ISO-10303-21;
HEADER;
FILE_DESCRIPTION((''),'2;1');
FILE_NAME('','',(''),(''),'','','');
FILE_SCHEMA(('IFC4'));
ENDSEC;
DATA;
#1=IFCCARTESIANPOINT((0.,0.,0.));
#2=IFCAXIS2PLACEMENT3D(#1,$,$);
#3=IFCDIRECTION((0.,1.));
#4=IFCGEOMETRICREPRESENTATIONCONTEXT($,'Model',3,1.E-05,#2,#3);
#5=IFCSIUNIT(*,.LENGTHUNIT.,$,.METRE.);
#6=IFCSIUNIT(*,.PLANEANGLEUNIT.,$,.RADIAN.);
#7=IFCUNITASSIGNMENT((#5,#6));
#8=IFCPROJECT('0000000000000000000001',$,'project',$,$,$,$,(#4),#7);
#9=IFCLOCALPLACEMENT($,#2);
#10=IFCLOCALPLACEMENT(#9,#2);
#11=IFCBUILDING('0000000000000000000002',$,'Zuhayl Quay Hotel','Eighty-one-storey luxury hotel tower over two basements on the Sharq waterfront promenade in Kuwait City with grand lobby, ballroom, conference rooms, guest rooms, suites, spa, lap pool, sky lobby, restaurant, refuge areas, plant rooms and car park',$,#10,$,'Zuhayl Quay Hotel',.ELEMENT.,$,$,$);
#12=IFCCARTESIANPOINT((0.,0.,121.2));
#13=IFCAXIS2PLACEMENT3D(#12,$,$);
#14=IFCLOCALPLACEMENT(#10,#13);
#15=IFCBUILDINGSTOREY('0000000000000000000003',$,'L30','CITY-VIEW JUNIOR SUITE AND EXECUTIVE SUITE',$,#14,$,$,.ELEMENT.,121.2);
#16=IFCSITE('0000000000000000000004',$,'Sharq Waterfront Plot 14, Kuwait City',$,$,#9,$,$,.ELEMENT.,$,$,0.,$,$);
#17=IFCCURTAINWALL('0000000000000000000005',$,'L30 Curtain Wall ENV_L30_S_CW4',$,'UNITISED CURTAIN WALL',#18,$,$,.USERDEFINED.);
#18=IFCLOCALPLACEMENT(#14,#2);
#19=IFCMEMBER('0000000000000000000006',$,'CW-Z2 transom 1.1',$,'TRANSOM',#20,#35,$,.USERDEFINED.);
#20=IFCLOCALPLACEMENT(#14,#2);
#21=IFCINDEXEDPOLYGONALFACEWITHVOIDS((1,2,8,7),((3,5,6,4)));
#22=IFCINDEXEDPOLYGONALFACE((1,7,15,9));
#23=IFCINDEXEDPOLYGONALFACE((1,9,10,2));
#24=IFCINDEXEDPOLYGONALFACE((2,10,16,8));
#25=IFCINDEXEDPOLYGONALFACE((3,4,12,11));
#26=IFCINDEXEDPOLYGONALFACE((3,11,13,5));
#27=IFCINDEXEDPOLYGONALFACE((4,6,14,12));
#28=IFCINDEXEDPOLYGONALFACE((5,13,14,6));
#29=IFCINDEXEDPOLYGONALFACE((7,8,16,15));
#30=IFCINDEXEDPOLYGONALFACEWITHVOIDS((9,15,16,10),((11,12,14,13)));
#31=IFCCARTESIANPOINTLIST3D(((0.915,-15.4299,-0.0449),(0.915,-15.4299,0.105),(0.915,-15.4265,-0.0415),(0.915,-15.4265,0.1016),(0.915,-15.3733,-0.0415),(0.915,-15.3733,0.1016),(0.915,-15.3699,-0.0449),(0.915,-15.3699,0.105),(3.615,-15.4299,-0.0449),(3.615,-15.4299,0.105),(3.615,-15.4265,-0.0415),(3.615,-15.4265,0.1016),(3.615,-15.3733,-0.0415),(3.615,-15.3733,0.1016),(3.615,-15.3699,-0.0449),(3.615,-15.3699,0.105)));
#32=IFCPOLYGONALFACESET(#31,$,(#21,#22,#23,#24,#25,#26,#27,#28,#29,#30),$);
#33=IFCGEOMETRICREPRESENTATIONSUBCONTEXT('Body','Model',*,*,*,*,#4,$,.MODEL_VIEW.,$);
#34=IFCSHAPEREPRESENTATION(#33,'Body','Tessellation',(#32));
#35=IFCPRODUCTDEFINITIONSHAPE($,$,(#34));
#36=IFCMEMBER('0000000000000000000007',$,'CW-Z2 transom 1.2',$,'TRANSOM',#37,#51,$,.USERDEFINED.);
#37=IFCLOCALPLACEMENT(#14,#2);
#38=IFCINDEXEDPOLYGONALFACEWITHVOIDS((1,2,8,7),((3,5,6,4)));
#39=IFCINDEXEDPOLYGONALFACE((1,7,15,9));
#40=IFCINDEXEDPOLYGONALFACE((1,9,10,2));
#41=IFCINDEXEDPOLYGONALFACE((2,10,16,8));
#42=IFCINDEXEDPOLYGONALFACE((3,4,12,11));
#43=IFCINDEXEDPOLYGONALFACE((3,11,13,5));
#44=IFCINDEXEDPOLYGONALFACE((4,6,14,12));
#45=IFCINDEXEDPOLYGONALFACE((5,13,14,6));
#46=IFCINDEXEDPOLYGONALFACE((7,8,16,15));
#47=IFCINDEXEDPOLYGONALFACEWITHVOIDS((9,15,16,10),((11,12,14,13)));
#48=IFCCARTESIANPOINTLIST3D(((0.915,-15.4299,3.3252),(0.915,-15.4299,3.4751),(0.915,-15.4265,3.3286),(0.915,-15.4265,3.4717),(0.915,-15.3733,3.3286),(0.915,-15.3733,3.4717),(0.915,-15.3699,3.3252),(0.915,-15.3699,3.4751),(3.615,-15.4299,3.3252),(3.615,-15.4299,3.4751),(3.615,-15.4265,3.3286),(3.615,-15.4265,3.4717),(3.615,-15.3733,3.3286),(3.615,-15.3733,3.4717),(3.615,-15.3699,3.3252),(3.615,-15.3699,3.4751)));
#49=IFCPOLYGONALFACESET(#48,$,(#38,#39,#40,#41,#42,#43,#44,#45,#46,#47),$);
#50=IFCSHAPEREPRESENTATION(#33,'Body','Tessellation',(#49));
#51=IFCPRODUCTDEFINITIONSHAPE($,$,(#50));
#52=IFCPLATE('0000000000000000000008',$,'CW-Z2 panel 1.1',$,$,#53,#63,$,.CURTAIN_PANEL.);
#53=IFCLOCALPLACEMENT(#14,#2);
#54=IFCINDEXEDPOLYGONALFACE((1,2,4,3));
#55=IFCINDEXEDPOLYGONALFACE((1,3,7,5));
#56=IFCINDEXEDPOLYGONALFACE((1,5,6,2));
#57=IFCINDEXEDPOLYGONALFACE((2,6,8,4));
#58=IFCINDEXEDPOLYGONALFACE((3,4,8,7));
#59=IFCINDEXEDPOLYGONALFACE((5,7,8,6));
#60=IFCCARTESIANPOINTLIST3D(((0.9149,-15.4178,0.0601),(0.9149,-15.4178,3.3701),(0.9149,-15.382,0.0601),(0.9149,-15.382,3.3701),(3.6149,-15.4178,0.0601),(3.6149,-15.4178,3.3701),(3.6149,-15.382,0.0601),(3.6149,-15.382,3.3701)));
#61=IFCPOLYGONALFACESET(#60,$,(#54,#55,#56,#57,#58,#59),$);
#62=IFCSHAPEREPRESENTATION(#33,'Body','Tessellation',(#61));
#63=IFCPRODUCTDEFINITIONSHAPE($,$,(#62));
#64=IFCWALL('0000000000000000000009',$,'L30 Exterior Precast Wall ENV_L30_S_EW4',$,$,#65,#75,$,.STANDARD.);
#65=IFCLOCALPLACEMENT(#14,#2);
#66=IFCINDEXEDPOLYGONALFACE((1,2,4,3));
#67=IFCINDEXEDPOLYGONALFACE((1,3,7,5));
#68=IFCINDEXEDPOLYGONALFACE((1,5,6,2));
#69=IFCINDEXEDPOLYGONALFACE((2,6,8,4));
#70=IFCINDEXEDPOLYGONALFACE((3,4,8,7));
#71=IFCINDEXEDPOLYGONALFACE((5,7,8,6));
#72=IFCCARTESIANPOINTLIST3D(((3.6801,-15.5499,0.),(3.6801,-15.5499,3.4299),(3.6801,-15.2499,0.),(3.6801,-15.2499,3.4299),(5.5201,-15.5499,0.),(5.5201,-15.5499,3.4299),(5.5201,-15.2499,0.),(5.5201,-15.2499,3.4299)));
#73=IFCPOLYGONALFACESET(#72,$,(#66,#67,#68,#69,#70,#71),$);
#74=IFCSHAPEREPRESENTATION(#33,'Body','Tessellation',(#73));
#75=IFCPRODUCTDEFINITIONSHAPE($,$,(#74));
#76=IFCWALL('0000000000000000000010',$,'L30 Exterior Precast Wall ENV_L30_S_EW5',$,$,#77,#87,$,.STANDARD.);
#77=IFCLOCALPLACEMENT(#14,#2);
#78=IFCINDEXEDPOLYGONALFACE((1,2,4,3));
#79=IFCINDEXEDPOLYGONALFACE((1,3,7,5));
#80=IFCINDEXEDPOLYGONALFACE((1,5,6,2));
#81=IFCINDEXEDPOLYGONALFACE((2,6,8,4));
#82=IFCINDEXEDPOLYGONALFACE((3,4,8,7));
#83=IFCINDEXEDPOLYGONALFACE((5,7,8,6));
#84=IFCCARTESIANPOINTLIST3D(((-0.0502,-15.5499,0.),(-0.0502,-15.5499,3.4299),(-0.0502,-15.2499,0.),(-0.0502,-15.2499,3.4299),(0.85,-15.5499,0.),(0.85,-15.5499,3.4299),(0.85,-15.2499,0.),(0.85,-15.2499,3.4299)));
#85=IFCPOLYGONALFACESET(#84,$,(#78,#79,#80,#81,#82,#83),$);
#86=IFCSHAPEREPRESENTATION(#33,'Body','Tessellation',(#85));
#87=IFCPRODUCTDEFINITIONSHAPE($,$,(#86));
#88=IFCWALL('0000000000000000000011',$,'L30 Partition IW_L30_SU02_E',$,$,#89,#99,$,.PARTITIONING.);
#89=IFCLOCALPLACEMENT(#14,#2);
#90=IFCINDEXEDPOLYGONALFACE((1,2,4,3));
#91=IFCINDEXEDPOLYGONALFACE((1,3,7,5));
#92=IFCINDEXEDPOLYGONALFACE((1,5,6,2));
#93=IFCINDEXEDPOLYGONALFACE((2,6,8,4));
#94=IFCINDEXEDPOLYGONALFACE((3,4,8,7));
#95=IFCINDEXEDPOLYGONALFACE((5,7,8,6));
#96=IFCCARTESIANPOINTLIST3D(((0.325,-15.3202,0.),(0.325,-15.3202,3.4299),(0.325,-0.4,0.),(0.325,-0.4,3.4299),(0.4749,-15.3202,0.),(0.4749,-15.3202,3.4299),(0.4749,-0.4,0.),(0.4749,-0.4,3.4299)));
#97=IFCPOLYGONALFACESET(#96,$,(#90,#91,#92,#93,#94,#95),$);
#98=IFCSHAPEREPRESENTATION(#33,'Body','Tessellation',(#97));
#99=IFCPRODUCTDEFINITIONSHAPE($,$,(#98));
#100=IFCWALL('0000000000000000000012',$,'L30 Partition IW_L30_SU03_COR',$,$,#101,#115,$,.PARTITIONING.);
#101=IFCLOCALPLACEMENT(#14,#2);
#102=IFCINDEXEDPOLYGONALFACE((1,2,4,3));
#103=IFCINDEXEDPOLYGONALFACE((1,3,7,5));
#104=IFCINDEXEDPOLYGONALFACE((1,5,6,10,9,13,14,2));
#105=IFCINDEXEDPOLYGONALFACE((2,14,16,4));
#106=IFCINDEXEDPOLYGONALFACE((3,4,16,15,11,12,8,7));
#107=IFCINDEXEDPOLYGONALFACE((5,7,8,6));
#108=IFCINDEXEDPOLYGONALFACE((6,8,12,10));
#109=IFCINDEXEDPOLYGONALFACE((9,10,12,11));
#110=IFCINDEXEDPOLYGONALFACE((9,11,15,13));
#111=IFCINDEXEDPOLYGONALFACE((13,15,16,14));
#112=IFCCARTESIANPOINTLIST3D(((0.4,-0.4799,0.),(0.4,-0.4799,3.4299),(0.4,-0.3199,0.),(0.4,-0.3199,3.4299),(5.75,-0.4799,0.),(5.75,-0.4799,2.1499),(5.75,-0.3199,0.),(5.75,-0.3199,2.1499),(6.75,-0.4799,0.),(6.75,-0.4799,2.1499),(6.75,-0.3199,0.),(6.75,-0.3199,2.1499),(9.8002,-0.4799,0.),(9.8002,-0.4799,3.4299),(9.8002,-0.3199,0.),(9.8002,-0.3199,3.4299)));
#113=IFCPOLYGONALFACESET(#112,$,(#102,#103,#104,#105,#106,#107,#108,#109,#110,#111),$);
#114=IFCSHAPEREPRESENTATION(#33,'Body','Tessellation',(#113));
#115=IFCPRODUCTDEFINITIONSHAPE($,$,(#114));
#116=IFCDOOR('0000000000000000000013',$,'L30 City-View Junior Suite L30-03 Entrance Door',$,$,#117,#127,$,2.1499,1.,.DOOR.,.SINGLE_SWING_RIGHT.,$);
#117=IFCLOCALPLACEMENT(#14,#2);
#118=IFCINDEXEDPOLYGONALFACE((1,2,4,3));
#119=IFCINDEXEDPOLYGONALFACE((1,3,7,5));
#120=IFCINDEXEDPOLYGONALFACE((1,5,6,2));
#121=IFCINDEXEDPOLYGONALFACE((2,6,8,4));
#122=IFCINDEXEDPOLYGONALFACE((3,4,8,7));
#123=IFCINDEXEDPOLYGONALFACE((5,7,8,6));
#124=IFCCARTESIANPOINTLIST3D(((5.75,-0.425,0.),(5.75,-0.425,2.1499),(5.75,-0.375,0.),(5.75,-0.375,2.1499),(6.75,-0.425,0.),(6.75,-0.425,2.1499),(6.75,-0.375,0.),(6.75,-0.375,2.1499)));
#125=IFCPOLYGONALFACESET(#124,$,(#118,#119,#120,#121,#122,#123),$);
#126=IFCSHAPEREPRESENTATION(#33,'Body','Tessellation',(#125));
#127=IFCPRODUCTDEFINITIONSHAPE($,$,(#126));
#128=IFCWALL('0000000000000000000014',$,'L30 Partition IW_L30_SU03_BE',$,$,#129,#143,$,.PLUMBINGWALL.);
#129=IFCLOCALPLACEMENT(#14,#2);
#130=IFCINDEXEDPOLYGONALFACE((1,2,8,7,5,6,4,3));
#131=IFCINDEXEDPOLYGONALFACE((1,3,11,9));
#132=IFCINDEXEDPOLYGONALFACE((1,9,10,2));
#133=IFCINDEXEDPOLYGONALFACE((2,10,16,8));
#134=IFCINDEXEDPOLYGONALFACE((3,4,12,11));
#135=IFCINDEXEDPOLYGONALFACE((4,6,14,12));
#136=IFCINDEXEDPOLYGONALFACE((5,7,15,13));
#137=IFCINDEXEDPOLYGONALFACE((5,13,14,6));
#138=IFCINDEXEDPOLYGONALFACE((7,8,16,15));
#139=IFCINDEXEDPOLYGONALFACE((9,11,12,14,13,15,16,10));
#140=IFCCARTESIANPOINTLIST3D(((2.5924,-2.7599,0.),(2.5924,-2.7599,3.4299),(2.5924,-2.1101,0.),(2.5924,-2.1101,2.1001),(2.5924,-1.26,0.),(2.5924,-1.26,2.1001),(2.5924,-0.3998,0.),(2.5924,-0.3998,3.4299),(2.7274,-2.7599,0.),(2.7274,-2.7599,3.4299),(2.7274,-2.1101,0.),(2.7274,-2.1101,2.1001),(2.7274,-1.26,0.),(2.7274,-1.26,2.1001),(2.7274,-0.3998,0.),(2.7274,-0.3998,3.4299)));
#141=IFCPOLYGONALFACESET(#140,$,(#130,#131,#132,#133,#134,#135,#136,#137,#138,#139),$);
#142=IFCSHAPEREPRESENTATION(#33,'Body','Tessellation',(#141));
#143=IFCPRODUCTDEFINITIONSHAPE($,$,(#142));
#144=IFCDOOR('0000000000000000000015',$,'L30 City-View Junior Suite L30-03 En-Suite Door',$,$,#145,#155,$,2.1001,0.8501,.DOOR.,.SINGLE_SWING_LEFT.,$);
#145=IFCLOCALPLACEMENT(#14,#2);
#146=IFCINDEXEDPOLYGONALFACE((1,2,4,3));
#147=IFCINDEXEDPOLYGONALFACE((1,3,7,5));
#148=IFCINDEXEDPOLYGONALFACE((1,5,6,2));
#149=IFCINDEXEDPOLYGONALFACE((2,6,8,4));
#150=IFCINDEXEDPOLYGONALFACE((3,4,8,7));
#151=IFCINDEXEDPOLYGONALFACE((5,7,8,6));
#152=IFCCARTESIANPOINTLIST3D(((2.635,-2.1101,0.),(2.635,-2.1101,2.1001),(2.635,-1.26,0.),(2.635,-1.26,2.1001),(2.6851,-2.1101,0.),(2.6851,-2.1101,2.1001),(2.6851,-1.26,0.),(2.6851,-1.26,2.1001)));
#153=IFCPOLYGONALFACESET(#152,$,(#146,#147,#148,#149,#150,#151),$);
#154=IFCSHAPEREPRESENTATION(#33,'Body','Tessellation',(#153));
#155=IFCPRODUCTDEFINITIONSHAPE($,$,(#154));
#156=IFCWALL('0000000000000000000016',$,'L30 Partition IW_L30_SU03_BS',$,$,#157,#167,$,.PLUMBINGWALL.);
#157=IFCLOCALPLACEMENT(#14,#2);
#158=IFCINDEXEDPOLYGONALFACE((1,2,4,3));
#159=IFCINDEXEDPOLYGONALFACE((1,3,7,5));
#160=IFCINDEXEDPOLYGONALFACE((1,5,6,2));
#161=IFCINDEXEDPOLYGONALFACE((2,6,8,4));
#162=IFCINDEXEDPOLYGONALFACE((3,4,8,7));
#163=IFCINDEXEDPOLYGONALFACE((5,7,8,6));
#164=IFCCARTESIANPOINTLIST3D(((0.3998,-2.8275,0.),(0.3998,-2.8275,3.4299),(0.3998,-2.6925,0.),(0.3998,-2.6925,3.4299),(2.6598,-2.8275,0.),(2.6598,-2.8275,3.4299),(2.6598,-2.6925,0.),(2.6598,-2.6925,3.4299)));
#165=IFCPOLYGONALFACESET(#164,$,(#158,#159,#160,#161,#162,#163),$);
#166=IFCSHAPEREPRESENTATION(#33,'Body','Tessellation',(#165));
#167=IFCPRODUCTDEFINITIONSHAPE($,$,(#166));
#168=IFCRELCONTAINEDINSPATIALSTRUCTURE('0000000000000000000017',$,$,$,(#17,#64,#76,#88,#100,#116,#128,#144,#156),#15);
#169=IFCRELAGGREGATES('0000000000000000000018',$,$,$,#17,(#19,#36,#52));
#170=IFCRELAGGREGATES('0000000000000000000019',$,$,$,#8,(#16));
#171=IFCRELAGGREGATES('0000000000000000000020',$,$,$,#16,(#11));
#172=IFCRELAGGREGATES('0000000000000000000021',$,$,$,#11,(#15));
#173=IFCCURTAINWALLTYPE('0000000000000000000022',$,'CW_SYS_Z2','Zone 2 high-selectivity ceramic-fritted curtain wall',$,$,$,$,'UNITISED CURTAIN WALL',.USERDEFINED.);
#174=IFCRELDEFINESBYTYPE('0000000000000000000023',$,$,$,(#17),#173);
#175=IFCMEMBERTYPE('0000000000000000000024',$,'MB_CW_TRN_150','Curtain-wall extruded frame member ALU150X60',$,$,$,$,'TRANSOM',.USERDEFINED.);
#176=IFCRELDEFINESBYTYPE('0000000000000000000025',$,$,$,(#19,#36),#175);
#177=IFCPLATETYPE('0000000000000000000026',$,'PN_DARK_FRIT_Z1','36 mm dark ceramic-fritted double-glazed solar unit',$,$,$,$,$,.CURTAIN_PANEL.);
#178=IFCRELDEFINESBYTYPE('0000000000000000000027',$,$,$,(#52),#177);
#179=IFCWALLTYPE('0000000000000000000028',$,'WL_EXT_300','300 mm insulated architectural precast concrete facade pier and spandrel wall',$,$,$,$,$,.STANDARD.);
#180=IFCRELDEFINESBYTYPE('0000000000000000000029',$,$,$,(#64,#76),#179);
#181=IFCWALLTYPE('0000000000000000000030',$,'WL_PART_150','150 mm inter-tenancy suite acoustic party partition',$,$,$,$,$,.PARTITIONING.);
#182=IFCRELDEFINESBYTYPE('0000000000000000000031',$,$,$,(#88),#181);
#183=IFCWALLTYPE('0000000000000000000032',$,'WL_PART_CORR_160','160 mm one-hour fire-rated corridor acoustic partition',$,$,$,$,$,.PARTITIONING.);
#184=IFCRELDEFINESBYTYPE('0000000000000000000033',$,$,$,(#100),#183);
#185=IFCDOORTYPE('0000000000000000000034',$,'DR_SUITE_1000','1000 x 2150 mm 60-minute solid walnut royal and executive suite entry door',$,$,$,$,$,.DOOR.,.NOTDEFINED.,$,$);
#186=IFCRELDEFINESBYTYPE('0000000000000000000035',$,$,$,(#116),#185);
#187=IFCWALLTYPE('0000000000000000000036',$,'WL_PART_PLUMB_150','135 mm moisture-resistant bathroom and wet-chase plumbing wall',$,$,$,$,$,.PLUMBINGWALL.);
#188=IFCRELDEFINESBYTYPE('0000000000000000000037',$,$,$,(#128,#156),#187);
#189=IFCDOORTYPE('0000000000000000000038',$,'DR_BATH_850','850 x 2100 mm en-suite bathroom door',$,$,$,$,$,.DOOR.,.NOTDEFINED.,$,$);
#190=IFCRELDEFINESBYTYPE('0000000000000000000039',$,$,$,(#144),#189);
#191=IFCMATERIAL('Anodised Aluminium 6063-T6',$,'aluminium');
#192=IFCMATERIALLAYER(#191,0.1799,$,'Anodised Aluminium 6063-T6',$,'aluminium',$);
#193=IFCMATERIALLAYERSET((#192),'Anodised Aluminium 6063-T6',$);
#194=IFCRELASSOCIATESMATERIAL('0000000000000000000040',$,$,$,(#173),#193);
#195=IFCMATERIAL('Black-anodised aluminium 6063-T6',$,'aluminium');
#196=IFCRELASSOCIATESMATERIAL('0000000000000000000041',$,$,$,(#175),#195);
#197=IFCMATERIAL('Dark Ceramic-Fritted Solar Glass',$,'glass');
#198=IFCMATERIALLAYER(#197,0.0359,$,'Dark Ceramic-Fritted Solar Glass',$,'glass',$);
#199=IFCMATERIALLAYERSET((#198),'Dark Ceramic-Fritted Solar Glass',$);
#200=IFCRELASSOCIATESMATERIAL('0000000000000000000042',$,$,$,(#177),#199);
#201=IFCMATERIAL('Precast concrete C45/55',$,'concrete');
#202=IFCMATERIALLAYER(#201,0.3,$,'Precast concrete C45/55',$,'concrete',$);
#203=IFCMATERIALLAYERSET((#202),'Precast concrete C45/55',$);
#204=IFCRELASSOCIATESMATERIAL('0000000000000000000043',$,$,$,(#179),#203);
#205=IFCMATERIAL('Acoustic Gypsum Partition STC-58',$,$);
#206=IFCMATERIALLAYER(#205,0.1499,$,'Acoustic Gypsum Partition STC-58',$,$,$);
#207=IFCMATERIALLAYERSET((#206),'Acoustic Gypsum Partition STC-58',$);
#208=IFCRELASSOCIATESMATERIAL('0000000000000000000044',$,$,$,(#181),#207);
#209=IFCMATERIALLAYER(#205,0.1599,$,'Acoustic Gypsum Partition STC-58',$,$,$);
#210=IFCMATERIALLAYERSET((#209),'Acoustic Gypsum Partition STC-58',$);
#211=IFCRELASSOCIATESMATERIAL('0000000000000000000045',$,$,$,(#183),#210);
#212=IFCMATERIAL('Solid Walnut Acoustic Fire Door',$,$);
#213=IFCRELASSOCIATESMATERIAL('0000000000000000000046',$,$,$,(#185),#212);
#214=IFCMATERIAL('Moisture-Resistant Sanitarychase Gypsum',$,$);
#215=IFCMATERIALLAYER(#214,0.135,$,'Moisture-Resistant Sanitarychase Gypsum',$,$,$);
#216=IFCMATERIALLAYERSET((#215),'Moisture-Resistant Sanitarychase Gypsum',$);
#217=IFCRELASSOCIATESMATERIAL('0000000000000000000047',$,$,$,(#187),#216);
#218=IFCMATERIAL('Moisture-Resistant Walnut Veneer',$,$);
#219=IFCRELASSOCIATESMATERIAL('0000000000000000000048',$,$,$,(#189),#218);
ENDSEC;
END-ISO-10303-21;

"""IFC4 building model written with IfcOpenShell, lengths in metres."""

from ifc_helpers import new_model, si_unit, direction, frame, frame_2d, origin, origin_2d, place, context, subcontext, project, spatial, rectangle, hollow_rectangle, extrude, material, layer, layer_set, material_profile, profile_set, type_object, element, fill, aggregate, save


model = new_model("IFC4")

# Units and contexts
model_context = context("Model", 3, precision=1e-05, world=origin(), true_north=direction((0.0, 1.0)))
body_context = subcontext(model_context, "Body", "Model", "MODEL_VIEW")
ifc_project = project(units=[si_unit("LENGTHUNIT", "METRE"), si_unit("PLANEANGLEUNIT", "RADIAN")], contexts=[model_context])

# Site, building, storey
site_placement = place(None, origin())
site = spatial("IfcSite", under=ifc_project, at=site_placement, Name="Sharq Waterfront Plot 14, Kuwait City", CompositionType="ELEMENT", RefElevation=0.0)
building_placement = place(site_placement, origin())
building = spatial("IfcBuilding", under=site, at=building_placement, Name="Zuhayl Quay Hotel", Description="Eighty-one-storey luxury hotel tower over two basements on the Sharq waterfront promenade in Kuwait City with grand lobby, ballroom, conference rooms, guest rooms, suites, spa, lap pool, sky lobby, restaurant, refuge areas, plant rooms and car park", LongName="Zuhayl Quay Hotel", CompositionType="ELEMENT")
storey_placement = place(building_placement, frame((0.0, 0.0, 121.2)))
storey = spatial("IfcBuildingStorey", under=building, at=storey_placement, Name="L30", Description="CITY-VIEW JUNIOR SUITE AND EXECUTIVE SUITE", CompositionType="ELEMENT", Elevation=121.2)

# Shared definitions
ifc_material_1 = material(Name="Anodised Aluminium 6063-T6", Category="aluminium")
ifc_layer_1 = layer(ifc_material_1, 0.1799, Name="Anodised Aluminium 6063-T6", Category="aluminium")
ifc_layer_set_1 = layer_set([ifc_layer_1], Name="Anodised Aluminium 6063-T6")
curtain_wall_type = type_object("IfcCurtainWallType", Name="CW_SYS_Z2", Description="Zone 2 high-selectivity ceramic-fritted curtain wall", ElementType="UNITISED CURTAIN WALL", PredefinedType="USERDEFINED", material=ifc_layer_set_1)
ifc_material_2 = material(Name="Black-anodised aluminium 6063-T6", Category="aluminium")

# Curtain wall, members, plate
curtain_wall_1_placement = place(storey_placement, origin())
curtain_wall_1 = element("IfcCurtainWall", 1, at=curtain_wall_1_placement, inside=storey, type_object=curtain_wall_type, Name="L30 Curtain Wall ENV_L30_S_CW4", ObjectType="UNITISED CURTAIN WALL", PredefinedType="USERDEFINED")
ifc_material_profile_1 = material_profile(ifc_material_2, hollow_rectangle(XDim=0.0601, YDim=0.1499, WallThickness=0.0034, at=origin_2d()), Name="ALU150X60")
ifc_profile_set_1 = profile_set([ifc_material_profile_1], Name="Black-anodised aluminium 6063-T6")
member_type_1 = type_object("IfcMemberType", Name="MB_CW_TRN_150", Description="Curtain-wall extruded frame member ALU150X60", ElementType="TRANSOM", PredefinedType="USERDEFINED", material=ifc_profile_set_1)
member_1_placement = place(storey_placement, frame((3.615, -15.3999, 0.03), z_axis=(-1.0, 0.0, 0.0), x_axis=(0.0, -1.0, 0.0)))
member_1 = element("IfcMember", 2, at=member_1_placement, type_object=member_type_1, Name="CW-Z2 transom 1.1", ObjectType="TRANSOM", PredefinedType="USERDEFINED", context=body_context, shape_type="SweptSolid", body=[
    extrude(hollow_rectangle(XDim=0.0601, YDim=0.1499, WallThickness=0.0034, at=origin_2d()), origin(), (0.0, 0.0, 1.0), 2.7),
])
member_2_placement = place(storey_placement, frame((3.615, -15.3999, 3.4001), z_axis=(-1.0, 0.0, 0.0), x_axis=(0.0, -1.0, 0.0)))
member_2 = element("IfcMember", 3, at=member_2_placement, type_object=member_type_1, Name="CW-Z2 transom 1.2", ObjectType="TRANSOM", PredefinedType="USERDEFINED", context=body_context, shape_type="SweptSolid", body=[
    extrude(hollow_rectangle(XDim=0.0601, YDim=0.1499, WallThickness=0.0034, at=origin_2d()), origin(), (0.0, 0.0, 1.0), 2.7),
])
ifc_material_3 = material(Name="Dark Ceramic-Fritted Solar Glass", Category="glass")
ifc_layer_2 = layer(ifc_material_3, 0.0359, Name="Dark Ceramic-Fritted Solar Glass", Category="glass")
ifc_layer_set_2 = layer_set([ifc_layer_2], Name="Dark Ceramic-Fritted Solar Glass")
plate_type = type_object("IfcPlateType", Name="PN_DARK_FRIT_Z1", Description="36 mm dark ceramic-fritted double-glazed solar unit", PredefinedType="CURTAIN_PANEL", material=ifc_layer_set_2)
plate_placement = place(storey_placement, frame((2.2649, -15.3999, 0.0601), z_axis=(0.0, 0.0, 1.0), x_axis=(-1.0, 0.0, 0.0)))
plate = element("IfcPlate", 4, at=plate_placement, type_object=plate_type, Name="CW-Z2 panel 1.1", PredefinedType="CURTAIN_PANEL", context=body_context, shape_type="SweptSolid", body=[
    extrude(rectangle(XDim=2.7, YDim=0.0359, at=origin_2d()), origin(), (0.0, 0.0, 1.0), 3.3101),
])
aggregate(curtain_wall_1, [member_1, member_2, plate])

# Walls
ifc_material_4 = material(Name="Precast concrete C45/55", Category="concrete")
ifc_layer_3 = layer(ifc_material_4, 0.3, Name="Precast concrete C45/55", Category="concrete")
ifc_layer_set_3 = layer_set([ifc_layer_3], Name="Precast concrete C45/55")
wall_type_1 = type_object("IfcWallType", Name="WL_EXT_300", Description="300 mm insulated architectural precast concrete facade pier and spandrel wall", PredefinedType="STANDARD", material=ifc_layer_set_3)
wall_1_placement = place(storey_placement, frame((5.52, -15.3999, 0.0), z_axis=(0.0, 0.0, 1.0), x_axis=(-1.0, 0.0, 0.0)))
element("IfcWall", 5, at=wall_1_placement, inside=storey, type_object=wall_type_1, Name="L30 Exterior Precast Wall ENV_L30_S_EW4", PredefinedType="STANDARD", context=body_context, shape_type="SweptSolid", body=[
    extrude(rectangle(XDim=1.8401, YDim=0.3, at=frame_2d((0.9199, 0.0))), origin(), (0.0, 0.0, 1.0), 3.4299),
])
wall_2_placement = place(storey_placement, frame((0.8501, -15.3999, 0.0), z_axis=(0.0, 0.0, 1.0), x_axis=(-1.0, 0.0, 0.0)))
element("IfcWall", 6, at=wall_2_placement, inside=storey, type_object=wall_type_1, Name="L30 Exterior Precast Wall ENV_L30_S_EW5", PredefinedType="STANDARD", context=body_context, shape_type="SweptSolid", body=[
    extrude(rectangle(XDim=0.9001, YDim=0.3, at=frame_2d((0.4502, 0.0))), origin(), (0.0, 0.0, 1.0), 3.4299),
])
ifc_material_5 = material(Name="Acoustic Gypsum Partition STC-58")
ifc_layer_4 = layer(ifc_material_5, 0.1499, Name="Acoustic Gypsum Partition STC-58")
ifc_layer_set_4 = layer_set([ifc_layer_4], Name="Acoustic Gypsum Partition STC-58")
wall_type_2 = type_object("IfcWallType", Name="WL_PART_150", Description="150 mm inter-tenancy suite acoustic party partition", PredefinedType="PARTITIONING", material=ifc_layer_set_4)
wall_3_placement = place(storey_placement, frame((0.3999, -15.3201, 0.0), z_axis=(0.0, 0.0, 1.0), x_axis=(0.0, 1.0, 0.0)))
element("IfcWall", 7, at=wall_3_placement, inside=storey, type_object=wall_type_2, Name="L30 Partition IW_L30_SU02_E", PredefinedType="PARTITIONING", context=body_context, shape_type="SweptSolid", body=[
    extrude(rectangle(XDim=14.9202, YDim=0.1499, at=frame_2d((7.46, 0.0))), origin(), (0.0, 0.0, 1.0), 3.4299),
])

# Walls, openings, doors
ifc_layer_5 = layer(ifc_material_5, 0.1599, Name="Acoustic Gypsum Partition STC-58")
ifc_layer_set_5 = layer_set([ifc_layer_5], Name="Acoustic Gypsum Partition STC-58")
wall_type_3 = type_object("IfcWallType", Name="WL_PART_CORR_160", Description="160 mm one-hour fire-rated corridor acoustic partition", PredefinedType="PARTITIONING", material=ifc_layer_set_5)
wall_4_placement = place(storey_placement, frame((0.3999, -0.3999, 0.0), z_axis=(0.0, 0.0, 1.0), x_axis=(1.0, 0.0, 0.0)))
wall_4 = element("IfcWall", 8, at=wall_4_placement, inside=storey, type_object=wall_type_3, Name="L30 Partition IW_L30_SU03_COR", PredefinedType="PARTITIONING", context=body_context, shape_type="SweptSolid", body=[
    extrude(rectangle(XDim=9.4001, YDim=0.1599, at=frame_2d((4.7002, 0.0))), origin(), (0.0, 0.0, 1.0), 3.4299),
])
opening_1_placement = place(wall_4_placement, frame((5.3501, 0.0, 0.0)))
opening_1 = element("IfcOpeningElement", 9, at=opening_1_placement, cuts=wall_4, PredefinedType="OPENING", context=body_context, shape_type="SweptSolid", body=[
    extrude(rectangle(XDim=1.0, YDim=2.1499, at=frame_2d((0.5, 1.075))), frame((0.0, 0.0898, 0.0), z_axis=(0.0, -1.0, 0.0), x_axis=(1.0, 0.0, 0.0)), (0.0, 0.0, 1.0), 0.1799),
])
ifc_material_6 = material(Name="Solid Walnut Acoustic Fire Door")
door_type_1 = type_object("IfcDoorType", Name="DR_SUITE_1000", Description="1000 x 2150 mm 60-minute solid walnut royal and executive suite entry door", OperationType="NOTDEFINED", PredefinedType="DOOR", material=ifc_material_6)
door_1_placement = place(opening_1_placement, origin())
door_1 = element("IfcDoor", 10, at=door_1_placement, inside=storey, type_object=door_type_1, Name="L30 City-View Junior Suite L30-03 Entrance Door", OperationType="SINGLE_SWING_RIGHT", OverallHeight=2.1499, OverallWidth=1.0, PredefinedType="DOOR", context=body_context, shape_type="SweptSolid", body=[
    extrude(rectangle(XDim=1.0, YDim=2.1499, at=frame_2d((0.5, 1.075))), frame((0.0, 0.0249, 0.0), z_axis=(0.0, -1.0, 0.0), x_axis=(1.0, 0.0, 0.0)), (0.0, 0.0, 1.0), 0.05),
])
fill(opening_1, door_1)
ifc_material_7 = material(Name="Moisture-Resistant Sanitarychase Gypsum")
ifc_layer_6 = layer(ifc_material_7, 0.135, Name="Moisture-Resistant Sanitarychase Gypsum")
ifc_layer_set_6 = layer_set([ifc_layer_6], Name="Moisture-Resistant Sanitarychase Gypsum")
wall_type_4 = type_object("IfcWallType", Name="WL_PART_PLUMB_150", Description="135 mm moisture-resistant bathroom and wet-chase plumbing wall", PredefinedType="PLUMBINGWALL", material=ifc_layer_set_6)
wall_5_placement = place(storey_placement, frame((2.6599, -2.76, 0.0), z_axis=(0.0, 0.0, 1.0), x_axis=(0.0, 1.0, 0.0)))
wall_5 = element("IfcWall", 11, at=wall_5_placement, inside=storey, type_object=wall_type_4, Name="L30 Partition IW_L30_SU03_BE", PredefinedType="PLUMBINGWALL", context=body_context, shape_type="SweptSolid", body=[
    extrude(rectangle(XDim=2.3601, YDim=0.135, at=frame_2d((1.1802, 0.0))), origin(), (0.0, 0.0, 1.0), 3.4299),
])
opening_2_placement = place(wall_5_placement, frame((0.6499, 0.0, 0.0)))
opening_2 = element("IfcOpeningElement", 12, at=opening_2_placement, cuts=wall_5, PredefinedType="OPENING", context=body_context, shape_type="SweptSolid", body=[
    extrude(rectangle(XDim=0.8501, YDim=2.1001, at=frame_2d((0.425, 1.05))), frame((0.0, 0.0774, 0.0), z_axis=(0.0, -1.0, 0.0), x_axis=(1.0, 0.0, 0.0)), (0.0, 0.0, 1.0), 0.155),
])
ifc_material_8 = material(Name="Moisture-Resistant Walnut Veneer")
door_type_2 = type_object("IfcDoorType", Name="DR_BATH_850", Description="850 x 2100 mm en-suite bathroom door", OperationType="NOTDEFINED", PredefinedType="DOOR", material=ifc_material_8)
door_2_placement = place(opening_2_placement, origin())
door_2 = element("IfcDoor", 13, at=door_2_placement, inside=storey, type_object=door_type_2, Name="L30 City-View Junior Suite L30-03 En-Suite Door", OperationType="SINGLE_SWING_LEFT", OverallHeight=2.1001, OverallWidth=0.8501, PredefinedType="DOOR", context=body_context, shape_type="SweptSolid", body=[
    extrude(rectangle(XDim=0.8501, YDim=2.1001, at=frame_2d((0.425, 1.05))), frame((0.0, 0.0249, 0.0), z_axis=(0.0, -1.0, 0.0), x_axis=(1.0, 0.0, 0.0)), (0.0, 0.0, 1.0), 0.05),
])
fill(opening_2, door_2)

# Wall
wall_6_placement = place(storey_placement, frame((0.3999, -2.76, 0.0), z_axis=(0.0, 0.0, 1.0), x_axis=(1.0, 0.0, 0.0)))
element("IfcWall", 14, at=wall_6_placement, inside=storey, type_object=wall_type_4, Name="L30 Partition IW_L30_SU03_BS", PredefinedType="PLUMBINGWALL", context=body_context, shape_type="SweptSolid", body=[
    extrude(rectangle(XDim=2.26, YDim=0.135, at=frame_2d((1.1299, 0.0))), origin(), (0.0, 0.0, 1.0), 3.4299),
])

save(model, "model.ifc")
